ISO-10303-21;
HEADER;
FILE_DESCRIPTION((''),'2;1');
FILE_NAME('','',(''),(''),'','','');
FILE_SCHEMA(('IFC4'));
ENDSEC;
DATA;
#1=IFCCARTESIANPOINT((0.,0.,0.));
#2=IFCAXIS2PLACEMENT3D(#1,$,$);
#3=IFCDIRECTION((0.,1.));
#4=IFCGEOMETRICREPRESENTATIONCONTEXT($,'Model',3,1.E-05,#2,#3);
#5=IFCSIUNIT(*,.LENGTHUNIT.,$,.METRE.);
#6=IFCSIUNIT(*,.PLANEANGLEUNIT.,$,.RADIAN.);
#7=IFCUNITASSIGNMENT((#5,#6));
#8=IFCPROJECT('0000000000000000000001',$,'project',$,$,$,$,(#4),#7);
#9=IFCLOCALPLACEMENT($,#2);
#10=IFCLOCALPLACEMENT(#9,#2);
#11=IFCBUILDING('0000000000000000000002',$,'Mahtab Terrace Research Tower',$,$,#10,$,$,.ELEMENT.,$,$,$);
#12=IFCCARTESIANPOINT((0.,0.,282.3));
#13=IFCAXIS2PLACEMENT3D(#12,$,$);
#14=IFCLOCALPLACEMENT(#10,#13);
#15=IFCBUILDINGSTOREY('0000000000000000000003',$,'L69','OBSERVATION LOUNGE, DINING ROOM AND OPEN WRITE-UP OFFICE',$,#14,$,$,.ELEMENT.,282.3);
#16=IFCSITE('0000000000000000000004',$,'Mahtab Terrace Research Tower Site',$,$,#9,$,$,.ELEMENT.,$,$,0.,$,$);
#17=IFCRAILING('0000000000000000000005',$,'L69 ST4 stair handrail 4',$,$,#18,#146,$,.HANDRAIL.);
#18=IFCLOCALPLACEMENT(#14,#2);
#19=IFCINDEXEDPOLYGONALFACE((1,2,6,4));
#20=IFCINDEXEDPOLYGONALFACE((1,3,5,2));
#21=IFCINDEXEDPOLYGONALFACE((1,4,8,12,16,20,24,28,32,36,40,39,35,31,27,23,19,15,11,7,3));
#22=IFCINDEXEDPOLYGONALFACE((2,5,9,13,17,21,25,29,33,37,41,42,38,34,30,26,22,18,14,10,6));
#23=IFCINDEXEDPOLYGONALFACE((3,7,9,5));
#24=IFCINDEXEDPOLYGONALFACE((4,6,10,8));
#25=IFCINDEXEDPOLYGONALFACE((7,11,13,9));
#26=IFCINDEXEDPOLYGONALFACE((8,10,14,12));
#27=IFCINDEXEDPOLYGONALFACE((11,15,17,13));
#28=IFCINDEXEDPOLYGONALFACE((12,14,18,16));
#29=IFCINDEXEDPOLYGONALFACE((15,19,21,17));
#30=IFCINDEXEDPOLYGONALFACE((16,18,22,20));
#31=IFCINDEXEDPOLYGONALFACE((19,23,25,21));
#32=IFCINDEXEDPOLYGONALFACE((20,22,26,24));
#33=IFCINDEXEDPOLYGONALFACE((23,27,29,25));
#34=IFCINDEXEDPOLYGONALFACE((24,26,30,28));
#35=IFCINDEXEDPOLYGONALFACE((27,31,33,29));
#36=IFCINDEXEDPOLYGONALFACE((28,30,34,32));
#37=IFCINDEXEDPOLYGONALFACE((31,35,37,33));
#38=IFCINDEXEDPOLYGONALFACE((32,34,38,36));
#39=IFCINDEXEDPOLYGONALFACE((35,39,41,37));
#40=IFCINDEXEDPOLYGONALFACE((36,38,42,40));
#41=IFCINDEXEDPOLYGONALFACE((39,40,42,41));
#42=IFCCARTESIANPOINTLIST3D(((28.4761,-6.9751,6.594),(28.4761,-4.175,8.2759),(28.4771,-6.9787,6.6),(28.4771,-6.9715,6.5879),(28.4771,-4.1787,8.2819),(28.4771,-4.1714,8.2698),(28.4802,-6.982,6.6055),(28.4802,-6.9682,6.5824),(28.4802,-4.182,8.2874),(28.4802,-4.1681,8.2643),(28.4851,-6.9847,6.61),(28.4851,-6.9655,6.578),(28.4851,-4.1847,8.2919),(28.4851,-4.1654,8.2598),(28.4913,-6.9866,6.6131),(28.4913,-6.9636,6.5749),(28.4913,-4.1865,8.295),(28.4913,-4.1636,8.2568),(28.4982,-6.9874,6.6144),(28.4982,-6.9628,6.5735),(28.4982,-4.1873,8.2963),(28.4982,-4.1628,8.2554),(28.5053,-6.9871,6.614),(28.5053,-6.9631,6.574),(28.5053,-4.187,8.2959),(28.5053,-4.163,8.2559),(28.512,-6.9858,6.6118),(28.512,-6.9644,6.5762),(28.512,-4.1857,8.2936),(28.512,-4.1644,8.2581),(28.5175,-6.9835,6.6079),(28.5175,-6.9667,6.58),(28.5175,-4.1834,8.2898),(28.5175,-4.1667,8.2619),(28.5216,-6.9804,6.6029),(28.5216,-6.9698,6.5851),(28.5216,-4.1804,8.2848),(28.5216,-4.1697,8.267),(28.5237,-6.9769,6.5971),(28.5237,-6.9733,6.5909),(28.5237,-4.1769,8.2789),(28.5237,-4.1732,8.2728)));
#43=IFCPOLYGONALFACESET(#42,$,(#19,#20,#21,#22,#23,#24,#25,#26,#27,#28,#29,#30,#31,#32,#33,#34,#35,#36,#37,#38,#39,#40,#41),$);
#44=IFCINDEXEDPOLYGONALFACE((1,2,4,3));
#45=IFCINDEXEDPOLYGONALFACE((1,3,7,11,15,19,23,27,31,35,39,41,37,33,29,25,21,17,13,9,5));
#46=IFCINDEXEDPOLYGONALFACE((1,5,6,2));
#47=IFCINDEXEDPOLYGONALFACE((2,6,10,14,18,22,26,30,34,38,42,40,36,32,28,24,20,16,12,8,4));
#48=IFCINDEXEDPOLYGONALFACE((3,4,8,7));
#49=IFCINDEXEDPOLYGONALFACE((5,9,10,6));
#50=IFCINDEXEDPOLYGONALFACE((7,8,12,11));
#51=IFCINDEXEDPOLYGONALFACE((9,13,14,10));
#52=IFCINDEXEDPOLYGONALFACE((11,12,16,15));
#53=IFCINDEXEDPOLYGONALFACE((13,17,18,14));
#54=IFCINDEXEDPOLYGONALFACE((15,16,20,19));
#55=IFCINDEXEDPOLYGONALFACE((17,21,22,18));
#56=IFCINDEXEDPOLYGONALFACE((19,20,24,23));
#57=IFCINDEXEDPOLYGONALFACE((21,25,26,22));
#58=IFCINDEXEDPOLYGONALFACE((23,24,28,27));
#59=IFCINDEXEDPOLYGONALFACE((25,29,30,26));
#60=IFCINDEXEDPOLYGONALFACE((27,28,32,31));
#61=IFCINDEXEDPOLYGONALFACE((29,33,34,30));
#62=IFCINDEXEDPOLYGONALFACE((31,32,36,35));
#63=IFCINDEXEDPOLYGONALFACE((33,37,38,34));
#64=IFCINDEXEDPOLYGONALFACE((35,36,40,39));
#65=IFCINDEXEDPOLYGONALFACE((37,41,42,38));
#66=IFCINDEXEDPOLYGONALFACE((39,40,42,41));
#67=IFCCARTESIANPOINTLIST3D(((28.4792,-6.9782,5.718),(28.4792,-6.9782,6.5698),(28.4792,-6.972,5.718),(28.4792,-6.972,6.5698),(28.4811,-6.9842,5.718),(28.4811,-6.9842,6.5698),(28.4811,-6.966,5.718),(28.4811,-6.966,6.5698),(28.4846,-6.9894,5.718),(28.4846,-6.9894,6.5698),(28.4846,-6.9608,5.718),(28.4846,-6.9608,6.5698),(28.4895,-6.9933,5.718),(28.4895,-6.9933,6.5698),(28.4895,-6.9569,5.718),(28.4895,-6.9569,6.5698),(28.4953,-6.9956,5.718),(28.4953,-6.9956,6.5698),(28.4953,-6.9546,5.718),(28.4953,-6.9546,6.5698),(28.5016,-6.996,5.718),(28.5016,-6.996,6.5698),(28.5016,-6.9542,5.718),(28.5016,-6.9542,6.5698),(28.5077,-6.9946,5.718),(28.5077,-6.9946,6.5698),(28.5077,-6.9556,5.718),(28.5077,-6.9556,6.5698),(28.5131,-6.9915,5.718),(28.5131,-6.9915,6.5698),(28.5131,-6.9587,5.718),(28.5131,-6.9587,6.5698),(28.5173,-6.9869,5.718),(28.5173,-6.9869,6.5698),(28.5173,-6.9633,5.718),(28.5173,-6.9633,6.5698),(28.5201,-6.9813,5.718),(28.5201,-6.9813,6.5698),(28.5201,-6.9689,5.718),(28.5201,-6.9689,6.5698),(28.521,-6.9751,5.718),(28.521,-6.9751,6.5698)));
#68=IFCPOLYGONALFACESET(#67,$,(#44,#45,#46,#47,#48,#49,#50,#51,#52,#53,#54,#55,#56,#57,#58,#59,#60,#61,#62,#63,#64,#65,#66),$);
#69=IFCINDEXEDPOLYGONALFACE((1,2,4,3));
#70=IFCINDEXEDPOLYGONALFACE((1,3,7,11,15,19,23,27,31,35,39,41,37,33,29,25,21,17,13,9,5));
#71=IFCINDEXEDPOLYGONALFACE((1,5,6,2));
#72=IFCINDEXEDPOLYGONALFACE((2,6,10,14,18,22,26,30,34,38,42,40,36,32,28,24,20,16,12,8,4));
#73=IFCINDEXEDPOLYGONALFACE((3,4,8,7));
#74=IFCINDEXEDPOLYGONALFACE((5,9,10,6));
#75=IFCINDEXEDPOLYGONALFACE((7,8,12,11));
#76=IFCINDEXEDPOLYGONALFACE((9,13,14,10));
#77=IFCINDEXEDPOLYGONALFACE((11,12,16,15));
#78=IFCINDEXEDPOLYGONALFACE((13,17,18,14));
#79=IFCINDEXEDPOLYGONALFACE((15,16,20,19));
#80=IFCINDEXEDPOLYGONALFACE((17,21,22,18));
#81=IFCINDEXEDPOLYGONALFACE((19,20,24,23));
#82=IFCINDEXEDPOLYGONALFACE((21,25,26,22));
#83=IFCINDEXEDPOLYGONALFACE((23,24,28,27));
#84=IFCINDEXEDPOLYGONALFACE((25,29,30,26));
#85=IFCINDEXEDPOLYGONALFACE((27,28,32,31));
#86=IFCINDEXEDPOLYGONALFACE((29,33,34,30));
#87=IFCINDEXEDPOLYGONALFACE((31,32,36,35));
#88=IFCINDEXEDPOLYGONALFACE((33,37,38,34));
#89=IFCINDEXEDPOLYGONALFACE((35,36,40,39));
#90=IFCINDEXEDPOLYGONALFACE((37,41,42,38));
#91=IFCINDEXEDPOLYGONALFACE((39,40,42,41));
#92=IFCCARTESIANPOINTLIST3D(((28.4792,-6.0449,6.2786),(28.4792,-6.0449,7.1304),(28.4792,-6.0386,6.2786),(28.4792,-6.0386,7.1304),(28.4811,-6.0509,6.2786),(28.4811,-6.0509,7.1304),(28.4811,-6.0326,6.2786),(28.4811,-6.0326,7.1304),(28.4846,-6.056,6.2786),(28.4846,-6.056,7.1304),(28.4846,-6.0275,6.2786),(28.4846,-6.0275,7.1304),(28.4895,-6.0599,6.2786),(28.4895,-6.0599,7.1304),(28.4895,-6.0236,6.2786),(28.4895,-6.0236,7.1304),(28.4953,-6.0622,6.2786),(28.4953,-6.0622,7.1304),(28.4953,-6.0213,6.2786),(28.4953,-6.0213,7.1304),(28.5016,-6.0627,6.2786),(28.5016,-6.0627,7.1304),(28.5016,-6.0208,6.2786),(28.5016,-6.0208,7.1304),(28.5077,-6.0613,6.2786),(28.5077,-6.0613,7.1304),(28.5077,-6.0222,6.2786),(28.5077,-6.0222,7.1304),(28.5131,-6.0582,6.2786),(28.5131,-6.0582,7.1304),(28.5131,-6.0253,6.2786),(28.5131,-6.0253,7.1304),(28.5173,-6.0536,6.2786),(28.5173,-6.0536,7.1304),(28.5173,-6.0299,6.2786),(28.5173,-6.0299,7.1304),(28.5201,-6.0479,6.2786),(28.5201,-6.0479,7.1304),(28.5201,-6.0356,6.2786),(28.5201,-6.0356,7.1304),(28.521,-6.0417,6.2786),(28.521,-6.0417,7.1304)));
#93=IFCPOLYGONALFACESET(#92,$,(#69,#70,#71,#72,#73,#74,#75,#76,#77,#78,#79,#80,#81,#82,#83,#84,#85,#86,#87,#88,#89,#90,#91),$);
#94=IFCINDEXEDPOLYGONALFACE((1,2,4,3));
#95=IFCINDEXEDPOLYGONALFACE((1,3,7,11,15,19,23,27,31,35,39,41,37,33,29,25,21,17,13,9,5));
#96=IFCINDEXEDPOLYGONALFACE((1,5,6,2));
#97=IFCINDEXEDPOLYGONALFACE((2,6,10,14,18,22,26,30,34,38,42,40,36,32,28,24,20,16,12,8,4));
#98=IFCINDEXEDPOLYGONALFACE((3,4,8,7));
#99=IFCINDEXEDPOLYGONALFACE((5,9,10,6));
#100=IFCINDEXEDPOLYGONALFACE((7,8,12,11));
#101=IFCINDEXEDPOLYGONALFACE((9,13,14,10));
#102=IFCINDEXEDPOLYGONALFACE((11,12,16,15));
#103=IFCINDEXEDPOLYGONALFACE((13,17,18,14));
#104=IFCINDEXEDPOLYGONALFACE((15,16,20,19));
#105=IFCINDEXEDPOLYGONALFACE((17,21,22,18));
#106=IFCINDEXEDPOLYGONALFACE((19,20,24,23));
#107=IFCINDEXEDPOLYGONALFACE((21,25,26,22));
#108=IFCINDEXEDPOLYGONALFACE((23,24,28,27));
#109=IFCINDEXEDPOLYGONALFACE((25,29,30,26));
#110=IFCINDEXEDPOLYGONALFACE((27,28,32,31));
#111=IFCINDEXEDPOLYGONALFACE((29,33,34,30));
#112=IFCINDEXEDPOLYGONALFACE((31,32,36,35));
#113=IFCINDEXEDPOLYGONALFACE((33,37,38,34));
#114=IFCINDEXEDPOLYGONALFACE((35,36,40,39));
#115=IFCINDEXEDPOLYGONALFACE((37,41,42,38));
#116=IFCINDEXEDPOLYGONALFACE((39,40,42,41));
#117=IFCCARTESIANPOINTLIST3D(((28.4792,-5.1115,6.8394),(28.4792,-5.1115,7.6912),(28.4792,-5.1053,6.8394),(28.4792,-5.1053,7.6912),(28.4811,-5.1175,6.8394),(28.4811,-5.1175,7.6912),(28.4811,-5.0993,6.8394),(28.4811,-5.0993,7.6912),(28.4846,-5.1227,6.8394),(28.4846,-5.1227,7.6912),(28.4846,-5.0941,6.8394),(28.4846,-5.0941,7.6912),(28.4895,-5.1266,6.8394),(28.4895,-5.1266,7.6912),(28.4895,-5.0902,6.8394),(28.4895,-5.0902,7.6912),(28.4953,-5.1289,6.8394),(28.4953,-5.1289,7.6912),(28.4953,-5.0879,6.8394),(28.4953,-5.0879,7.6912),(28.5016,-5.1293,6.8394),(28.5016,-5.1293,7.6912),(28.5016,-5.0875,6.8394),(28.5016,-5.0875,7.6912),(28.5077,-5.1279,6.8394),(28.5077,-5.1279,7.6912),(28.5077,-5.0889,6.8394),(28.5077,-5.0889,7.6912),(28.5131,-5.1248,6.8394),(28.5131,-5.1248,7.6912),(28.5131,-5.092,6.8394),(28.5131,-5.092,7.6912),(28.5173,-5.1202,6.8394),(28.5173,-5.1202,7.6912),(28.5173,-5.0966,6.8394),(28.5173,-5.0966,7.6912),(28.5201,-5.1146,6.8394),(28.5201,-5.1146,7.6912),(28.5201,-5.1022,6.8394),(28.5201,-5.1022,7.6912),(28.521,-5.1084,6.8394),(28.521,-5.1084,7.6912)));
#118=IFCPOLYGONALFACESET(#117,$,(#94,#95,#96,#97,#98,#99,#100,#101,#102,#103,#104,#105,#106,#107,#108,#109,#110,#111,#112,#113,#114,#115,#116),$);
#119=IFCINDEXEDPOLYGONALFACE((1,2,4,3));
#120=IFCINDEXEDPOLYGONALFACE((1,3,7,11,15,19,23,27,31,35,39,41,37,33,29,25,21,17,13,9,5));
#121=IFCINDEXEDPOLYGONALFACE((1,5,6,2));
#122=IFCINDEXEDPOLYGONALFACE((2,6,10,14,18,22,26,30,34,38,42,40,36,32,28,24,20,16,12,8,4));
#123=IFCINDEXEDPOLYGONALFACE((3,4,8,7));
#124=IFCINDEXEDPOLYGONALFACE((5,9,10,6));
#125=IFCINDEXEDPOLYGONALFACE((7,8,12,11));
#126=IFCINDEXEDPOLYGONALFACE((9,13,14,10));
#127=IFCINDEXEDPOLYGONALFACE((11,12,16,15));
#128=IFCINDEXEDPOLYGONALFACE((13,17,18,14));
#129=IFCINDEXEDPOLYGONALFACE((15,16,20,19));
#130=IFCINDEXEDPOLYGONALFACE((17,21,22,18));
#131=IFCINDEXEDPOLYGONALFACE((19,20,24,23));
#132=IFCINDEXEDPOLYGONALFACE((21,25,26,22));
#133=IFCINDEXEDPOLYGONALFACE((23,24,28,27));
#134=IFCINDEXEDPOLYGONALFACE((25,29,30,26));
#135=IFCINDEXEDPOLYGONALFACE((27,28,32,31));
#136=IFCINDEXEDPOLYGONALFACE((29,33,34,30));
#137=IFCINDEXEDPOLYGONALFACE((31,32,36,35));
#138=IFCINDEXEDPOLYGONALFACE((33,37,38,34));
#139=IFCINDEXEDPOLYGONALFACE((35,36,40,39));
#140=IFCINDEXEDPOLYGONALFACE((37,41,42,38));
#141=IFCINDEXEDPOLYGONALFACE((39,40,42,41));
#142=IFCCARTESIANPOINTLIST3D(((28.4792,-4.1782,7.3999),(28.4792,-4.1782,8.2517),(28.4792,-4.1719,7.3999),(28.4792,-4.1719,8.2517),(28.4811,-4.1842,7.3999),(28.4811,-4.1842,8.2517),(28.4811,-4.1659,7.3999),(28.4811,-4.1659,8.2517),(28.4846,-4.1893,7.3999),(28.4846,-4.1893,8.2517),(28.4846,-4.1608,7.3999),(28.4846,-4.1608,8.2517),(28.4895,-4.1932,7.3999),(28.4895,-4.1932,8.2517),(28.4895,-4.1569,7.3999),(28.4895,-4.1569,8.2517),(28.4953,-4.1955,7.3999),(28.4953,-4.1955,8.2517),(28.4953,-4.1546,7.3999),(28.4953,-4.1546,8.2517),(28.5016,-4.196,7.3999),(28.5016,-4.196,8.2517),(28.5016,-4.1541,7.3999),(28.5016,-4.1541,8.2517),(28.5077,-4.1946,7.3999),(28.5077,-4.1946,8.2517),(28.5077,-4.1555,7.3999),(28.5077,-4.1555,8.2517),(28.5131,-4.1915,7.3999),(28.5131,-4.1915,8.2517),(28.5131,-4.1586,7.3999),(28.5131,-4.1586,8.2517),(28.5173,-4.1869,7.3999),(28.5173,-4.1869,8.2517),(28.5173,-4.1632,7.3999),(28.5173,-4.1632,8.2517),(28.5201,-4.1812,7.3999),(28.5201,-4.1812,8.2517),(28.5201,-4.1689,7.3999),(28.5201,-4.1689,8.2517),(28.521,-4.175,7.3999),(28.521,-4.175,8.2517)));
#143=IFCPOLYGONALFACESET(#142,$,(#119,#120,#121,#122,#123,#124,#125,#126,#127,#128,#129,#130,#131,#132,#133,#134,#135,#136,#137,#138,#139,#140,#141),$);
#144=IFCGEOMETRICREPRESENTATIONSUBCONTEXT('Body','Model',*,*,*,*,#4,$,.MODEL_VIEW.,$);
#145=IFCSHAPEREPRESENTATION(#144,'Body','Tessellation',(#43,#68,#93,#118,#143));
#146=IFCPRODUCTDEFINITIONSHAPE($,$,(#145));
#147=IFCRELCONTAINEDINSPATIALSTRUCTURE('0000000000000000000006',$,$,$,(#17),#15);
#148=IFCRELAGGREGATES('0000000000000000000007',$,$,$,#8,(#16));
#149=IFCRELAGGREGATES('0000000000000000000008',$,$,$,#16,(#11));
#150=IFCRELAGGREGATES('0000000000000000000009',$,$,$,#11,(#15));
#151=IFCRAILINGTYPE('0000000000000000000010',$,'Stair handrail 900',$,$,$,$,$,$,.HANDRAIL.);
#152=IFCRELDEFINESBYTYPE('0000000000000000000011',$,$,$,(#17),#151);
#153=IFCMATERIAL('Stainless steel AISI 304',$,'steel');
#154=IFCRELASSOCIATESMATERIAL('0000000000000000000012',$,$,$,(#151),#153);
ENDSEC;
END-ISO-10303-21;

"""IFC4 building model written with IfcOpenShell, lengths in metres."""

from ifc_helpers import new_model, si_unit, direction, frame, origin, origin_2d, place, context, subcontext, project, spatial, circle, extrude, material, type_object, element, save


model = new_model("IFC4")

# Units and contexts
model_context = context("Model", 3, precision=1e-05, world=origin(), true_north=direction((0.0, 1.0)))
body_context = subcontext(model_context, "Body", "Model", "MODEL_VIEW")
ifc_project = project(units=[si_unit("LENGTHUNIT", "METRE"), si_unit("PLANEANGLEUNIT", "RADIAN")], contexts=[model_context])

# Site, building, storey
site_placement = place(None, origin())
site = spatial("IfcSite", under=ifc_project, at=site_placement, Name="Mahtab Terrace Research Tower Site", CompositionType="ELEMENT", RefElevation=0.0)
building_placement = place(site_placement, origin())
building = spatial("IfcBuilding", under=site, at=building_placement, Name="Mahtab Terrace Research Tower", CompositionType="ELEMENT")
storey_placement = place(building_placement, frame((0.0, 0.0, 282.3)))
storey = spatial("IfcBuildingStorey", under=building, at=storey_placement, Name="L69", Description="OBSERVATION LOUNGE, DINING ROOM AND OPEN WRITE-UP OFFICE", CompositionType="ELEMENT", Elevation=282.3)

# Railing
ifc_material_1 = material(Name="Stainless steel AISI 304", Category="steel")
railing_type_1 = type_object("IfcRailingType", Name="Stair handrail 900", PredefinedType="HANDRAIL", material=ifc_material_1)
railing_1_placement = place(storey_placement, frame((28.5, -6.9751, 5.718)))
element("IfcRailing", 1, at=railing_1_placement, inside=storey, type_object=railing_type_1, Name="L69 ST4 stair handrail 4", PredefinedType="HANDRAIL", context=body_context, shape_type="SweptSolid", body=[
    extrude(circle(Radius=0.0239, at=origin_2d()), frame((0.0, 0.0, 0.876), z_axis=(0.0, 0.857242, 0.514913), x_axis=(-1.0, 0.0, 0.0)), (0.0, 0.0, 1.0), 3.2664),
    extrude(circle(Radius=0.021, at=origin_2d()), origin(), (0.0, 0.0, 1.0), 0.8518),
    extrude(circle(Radius=0.021, at=origin_2d()), frame((0.0, 0.9333, 0.5605)), (0.0, 0.0, 1.0), 0.8518),
    extrude(circle(Radius=0.021, at=origin_2d()), frame((0.0, 1.8667, 1.1213)), (0.0, 0.0, 1.0), 0.8518),
    extrude(circle(Radius=0.021, at=origin_2d()), frame((0.0, 2.8, 1.6819)), (0.0, 0.0, 1.0), 0.8518),
])

save(model, "model.ifc")
